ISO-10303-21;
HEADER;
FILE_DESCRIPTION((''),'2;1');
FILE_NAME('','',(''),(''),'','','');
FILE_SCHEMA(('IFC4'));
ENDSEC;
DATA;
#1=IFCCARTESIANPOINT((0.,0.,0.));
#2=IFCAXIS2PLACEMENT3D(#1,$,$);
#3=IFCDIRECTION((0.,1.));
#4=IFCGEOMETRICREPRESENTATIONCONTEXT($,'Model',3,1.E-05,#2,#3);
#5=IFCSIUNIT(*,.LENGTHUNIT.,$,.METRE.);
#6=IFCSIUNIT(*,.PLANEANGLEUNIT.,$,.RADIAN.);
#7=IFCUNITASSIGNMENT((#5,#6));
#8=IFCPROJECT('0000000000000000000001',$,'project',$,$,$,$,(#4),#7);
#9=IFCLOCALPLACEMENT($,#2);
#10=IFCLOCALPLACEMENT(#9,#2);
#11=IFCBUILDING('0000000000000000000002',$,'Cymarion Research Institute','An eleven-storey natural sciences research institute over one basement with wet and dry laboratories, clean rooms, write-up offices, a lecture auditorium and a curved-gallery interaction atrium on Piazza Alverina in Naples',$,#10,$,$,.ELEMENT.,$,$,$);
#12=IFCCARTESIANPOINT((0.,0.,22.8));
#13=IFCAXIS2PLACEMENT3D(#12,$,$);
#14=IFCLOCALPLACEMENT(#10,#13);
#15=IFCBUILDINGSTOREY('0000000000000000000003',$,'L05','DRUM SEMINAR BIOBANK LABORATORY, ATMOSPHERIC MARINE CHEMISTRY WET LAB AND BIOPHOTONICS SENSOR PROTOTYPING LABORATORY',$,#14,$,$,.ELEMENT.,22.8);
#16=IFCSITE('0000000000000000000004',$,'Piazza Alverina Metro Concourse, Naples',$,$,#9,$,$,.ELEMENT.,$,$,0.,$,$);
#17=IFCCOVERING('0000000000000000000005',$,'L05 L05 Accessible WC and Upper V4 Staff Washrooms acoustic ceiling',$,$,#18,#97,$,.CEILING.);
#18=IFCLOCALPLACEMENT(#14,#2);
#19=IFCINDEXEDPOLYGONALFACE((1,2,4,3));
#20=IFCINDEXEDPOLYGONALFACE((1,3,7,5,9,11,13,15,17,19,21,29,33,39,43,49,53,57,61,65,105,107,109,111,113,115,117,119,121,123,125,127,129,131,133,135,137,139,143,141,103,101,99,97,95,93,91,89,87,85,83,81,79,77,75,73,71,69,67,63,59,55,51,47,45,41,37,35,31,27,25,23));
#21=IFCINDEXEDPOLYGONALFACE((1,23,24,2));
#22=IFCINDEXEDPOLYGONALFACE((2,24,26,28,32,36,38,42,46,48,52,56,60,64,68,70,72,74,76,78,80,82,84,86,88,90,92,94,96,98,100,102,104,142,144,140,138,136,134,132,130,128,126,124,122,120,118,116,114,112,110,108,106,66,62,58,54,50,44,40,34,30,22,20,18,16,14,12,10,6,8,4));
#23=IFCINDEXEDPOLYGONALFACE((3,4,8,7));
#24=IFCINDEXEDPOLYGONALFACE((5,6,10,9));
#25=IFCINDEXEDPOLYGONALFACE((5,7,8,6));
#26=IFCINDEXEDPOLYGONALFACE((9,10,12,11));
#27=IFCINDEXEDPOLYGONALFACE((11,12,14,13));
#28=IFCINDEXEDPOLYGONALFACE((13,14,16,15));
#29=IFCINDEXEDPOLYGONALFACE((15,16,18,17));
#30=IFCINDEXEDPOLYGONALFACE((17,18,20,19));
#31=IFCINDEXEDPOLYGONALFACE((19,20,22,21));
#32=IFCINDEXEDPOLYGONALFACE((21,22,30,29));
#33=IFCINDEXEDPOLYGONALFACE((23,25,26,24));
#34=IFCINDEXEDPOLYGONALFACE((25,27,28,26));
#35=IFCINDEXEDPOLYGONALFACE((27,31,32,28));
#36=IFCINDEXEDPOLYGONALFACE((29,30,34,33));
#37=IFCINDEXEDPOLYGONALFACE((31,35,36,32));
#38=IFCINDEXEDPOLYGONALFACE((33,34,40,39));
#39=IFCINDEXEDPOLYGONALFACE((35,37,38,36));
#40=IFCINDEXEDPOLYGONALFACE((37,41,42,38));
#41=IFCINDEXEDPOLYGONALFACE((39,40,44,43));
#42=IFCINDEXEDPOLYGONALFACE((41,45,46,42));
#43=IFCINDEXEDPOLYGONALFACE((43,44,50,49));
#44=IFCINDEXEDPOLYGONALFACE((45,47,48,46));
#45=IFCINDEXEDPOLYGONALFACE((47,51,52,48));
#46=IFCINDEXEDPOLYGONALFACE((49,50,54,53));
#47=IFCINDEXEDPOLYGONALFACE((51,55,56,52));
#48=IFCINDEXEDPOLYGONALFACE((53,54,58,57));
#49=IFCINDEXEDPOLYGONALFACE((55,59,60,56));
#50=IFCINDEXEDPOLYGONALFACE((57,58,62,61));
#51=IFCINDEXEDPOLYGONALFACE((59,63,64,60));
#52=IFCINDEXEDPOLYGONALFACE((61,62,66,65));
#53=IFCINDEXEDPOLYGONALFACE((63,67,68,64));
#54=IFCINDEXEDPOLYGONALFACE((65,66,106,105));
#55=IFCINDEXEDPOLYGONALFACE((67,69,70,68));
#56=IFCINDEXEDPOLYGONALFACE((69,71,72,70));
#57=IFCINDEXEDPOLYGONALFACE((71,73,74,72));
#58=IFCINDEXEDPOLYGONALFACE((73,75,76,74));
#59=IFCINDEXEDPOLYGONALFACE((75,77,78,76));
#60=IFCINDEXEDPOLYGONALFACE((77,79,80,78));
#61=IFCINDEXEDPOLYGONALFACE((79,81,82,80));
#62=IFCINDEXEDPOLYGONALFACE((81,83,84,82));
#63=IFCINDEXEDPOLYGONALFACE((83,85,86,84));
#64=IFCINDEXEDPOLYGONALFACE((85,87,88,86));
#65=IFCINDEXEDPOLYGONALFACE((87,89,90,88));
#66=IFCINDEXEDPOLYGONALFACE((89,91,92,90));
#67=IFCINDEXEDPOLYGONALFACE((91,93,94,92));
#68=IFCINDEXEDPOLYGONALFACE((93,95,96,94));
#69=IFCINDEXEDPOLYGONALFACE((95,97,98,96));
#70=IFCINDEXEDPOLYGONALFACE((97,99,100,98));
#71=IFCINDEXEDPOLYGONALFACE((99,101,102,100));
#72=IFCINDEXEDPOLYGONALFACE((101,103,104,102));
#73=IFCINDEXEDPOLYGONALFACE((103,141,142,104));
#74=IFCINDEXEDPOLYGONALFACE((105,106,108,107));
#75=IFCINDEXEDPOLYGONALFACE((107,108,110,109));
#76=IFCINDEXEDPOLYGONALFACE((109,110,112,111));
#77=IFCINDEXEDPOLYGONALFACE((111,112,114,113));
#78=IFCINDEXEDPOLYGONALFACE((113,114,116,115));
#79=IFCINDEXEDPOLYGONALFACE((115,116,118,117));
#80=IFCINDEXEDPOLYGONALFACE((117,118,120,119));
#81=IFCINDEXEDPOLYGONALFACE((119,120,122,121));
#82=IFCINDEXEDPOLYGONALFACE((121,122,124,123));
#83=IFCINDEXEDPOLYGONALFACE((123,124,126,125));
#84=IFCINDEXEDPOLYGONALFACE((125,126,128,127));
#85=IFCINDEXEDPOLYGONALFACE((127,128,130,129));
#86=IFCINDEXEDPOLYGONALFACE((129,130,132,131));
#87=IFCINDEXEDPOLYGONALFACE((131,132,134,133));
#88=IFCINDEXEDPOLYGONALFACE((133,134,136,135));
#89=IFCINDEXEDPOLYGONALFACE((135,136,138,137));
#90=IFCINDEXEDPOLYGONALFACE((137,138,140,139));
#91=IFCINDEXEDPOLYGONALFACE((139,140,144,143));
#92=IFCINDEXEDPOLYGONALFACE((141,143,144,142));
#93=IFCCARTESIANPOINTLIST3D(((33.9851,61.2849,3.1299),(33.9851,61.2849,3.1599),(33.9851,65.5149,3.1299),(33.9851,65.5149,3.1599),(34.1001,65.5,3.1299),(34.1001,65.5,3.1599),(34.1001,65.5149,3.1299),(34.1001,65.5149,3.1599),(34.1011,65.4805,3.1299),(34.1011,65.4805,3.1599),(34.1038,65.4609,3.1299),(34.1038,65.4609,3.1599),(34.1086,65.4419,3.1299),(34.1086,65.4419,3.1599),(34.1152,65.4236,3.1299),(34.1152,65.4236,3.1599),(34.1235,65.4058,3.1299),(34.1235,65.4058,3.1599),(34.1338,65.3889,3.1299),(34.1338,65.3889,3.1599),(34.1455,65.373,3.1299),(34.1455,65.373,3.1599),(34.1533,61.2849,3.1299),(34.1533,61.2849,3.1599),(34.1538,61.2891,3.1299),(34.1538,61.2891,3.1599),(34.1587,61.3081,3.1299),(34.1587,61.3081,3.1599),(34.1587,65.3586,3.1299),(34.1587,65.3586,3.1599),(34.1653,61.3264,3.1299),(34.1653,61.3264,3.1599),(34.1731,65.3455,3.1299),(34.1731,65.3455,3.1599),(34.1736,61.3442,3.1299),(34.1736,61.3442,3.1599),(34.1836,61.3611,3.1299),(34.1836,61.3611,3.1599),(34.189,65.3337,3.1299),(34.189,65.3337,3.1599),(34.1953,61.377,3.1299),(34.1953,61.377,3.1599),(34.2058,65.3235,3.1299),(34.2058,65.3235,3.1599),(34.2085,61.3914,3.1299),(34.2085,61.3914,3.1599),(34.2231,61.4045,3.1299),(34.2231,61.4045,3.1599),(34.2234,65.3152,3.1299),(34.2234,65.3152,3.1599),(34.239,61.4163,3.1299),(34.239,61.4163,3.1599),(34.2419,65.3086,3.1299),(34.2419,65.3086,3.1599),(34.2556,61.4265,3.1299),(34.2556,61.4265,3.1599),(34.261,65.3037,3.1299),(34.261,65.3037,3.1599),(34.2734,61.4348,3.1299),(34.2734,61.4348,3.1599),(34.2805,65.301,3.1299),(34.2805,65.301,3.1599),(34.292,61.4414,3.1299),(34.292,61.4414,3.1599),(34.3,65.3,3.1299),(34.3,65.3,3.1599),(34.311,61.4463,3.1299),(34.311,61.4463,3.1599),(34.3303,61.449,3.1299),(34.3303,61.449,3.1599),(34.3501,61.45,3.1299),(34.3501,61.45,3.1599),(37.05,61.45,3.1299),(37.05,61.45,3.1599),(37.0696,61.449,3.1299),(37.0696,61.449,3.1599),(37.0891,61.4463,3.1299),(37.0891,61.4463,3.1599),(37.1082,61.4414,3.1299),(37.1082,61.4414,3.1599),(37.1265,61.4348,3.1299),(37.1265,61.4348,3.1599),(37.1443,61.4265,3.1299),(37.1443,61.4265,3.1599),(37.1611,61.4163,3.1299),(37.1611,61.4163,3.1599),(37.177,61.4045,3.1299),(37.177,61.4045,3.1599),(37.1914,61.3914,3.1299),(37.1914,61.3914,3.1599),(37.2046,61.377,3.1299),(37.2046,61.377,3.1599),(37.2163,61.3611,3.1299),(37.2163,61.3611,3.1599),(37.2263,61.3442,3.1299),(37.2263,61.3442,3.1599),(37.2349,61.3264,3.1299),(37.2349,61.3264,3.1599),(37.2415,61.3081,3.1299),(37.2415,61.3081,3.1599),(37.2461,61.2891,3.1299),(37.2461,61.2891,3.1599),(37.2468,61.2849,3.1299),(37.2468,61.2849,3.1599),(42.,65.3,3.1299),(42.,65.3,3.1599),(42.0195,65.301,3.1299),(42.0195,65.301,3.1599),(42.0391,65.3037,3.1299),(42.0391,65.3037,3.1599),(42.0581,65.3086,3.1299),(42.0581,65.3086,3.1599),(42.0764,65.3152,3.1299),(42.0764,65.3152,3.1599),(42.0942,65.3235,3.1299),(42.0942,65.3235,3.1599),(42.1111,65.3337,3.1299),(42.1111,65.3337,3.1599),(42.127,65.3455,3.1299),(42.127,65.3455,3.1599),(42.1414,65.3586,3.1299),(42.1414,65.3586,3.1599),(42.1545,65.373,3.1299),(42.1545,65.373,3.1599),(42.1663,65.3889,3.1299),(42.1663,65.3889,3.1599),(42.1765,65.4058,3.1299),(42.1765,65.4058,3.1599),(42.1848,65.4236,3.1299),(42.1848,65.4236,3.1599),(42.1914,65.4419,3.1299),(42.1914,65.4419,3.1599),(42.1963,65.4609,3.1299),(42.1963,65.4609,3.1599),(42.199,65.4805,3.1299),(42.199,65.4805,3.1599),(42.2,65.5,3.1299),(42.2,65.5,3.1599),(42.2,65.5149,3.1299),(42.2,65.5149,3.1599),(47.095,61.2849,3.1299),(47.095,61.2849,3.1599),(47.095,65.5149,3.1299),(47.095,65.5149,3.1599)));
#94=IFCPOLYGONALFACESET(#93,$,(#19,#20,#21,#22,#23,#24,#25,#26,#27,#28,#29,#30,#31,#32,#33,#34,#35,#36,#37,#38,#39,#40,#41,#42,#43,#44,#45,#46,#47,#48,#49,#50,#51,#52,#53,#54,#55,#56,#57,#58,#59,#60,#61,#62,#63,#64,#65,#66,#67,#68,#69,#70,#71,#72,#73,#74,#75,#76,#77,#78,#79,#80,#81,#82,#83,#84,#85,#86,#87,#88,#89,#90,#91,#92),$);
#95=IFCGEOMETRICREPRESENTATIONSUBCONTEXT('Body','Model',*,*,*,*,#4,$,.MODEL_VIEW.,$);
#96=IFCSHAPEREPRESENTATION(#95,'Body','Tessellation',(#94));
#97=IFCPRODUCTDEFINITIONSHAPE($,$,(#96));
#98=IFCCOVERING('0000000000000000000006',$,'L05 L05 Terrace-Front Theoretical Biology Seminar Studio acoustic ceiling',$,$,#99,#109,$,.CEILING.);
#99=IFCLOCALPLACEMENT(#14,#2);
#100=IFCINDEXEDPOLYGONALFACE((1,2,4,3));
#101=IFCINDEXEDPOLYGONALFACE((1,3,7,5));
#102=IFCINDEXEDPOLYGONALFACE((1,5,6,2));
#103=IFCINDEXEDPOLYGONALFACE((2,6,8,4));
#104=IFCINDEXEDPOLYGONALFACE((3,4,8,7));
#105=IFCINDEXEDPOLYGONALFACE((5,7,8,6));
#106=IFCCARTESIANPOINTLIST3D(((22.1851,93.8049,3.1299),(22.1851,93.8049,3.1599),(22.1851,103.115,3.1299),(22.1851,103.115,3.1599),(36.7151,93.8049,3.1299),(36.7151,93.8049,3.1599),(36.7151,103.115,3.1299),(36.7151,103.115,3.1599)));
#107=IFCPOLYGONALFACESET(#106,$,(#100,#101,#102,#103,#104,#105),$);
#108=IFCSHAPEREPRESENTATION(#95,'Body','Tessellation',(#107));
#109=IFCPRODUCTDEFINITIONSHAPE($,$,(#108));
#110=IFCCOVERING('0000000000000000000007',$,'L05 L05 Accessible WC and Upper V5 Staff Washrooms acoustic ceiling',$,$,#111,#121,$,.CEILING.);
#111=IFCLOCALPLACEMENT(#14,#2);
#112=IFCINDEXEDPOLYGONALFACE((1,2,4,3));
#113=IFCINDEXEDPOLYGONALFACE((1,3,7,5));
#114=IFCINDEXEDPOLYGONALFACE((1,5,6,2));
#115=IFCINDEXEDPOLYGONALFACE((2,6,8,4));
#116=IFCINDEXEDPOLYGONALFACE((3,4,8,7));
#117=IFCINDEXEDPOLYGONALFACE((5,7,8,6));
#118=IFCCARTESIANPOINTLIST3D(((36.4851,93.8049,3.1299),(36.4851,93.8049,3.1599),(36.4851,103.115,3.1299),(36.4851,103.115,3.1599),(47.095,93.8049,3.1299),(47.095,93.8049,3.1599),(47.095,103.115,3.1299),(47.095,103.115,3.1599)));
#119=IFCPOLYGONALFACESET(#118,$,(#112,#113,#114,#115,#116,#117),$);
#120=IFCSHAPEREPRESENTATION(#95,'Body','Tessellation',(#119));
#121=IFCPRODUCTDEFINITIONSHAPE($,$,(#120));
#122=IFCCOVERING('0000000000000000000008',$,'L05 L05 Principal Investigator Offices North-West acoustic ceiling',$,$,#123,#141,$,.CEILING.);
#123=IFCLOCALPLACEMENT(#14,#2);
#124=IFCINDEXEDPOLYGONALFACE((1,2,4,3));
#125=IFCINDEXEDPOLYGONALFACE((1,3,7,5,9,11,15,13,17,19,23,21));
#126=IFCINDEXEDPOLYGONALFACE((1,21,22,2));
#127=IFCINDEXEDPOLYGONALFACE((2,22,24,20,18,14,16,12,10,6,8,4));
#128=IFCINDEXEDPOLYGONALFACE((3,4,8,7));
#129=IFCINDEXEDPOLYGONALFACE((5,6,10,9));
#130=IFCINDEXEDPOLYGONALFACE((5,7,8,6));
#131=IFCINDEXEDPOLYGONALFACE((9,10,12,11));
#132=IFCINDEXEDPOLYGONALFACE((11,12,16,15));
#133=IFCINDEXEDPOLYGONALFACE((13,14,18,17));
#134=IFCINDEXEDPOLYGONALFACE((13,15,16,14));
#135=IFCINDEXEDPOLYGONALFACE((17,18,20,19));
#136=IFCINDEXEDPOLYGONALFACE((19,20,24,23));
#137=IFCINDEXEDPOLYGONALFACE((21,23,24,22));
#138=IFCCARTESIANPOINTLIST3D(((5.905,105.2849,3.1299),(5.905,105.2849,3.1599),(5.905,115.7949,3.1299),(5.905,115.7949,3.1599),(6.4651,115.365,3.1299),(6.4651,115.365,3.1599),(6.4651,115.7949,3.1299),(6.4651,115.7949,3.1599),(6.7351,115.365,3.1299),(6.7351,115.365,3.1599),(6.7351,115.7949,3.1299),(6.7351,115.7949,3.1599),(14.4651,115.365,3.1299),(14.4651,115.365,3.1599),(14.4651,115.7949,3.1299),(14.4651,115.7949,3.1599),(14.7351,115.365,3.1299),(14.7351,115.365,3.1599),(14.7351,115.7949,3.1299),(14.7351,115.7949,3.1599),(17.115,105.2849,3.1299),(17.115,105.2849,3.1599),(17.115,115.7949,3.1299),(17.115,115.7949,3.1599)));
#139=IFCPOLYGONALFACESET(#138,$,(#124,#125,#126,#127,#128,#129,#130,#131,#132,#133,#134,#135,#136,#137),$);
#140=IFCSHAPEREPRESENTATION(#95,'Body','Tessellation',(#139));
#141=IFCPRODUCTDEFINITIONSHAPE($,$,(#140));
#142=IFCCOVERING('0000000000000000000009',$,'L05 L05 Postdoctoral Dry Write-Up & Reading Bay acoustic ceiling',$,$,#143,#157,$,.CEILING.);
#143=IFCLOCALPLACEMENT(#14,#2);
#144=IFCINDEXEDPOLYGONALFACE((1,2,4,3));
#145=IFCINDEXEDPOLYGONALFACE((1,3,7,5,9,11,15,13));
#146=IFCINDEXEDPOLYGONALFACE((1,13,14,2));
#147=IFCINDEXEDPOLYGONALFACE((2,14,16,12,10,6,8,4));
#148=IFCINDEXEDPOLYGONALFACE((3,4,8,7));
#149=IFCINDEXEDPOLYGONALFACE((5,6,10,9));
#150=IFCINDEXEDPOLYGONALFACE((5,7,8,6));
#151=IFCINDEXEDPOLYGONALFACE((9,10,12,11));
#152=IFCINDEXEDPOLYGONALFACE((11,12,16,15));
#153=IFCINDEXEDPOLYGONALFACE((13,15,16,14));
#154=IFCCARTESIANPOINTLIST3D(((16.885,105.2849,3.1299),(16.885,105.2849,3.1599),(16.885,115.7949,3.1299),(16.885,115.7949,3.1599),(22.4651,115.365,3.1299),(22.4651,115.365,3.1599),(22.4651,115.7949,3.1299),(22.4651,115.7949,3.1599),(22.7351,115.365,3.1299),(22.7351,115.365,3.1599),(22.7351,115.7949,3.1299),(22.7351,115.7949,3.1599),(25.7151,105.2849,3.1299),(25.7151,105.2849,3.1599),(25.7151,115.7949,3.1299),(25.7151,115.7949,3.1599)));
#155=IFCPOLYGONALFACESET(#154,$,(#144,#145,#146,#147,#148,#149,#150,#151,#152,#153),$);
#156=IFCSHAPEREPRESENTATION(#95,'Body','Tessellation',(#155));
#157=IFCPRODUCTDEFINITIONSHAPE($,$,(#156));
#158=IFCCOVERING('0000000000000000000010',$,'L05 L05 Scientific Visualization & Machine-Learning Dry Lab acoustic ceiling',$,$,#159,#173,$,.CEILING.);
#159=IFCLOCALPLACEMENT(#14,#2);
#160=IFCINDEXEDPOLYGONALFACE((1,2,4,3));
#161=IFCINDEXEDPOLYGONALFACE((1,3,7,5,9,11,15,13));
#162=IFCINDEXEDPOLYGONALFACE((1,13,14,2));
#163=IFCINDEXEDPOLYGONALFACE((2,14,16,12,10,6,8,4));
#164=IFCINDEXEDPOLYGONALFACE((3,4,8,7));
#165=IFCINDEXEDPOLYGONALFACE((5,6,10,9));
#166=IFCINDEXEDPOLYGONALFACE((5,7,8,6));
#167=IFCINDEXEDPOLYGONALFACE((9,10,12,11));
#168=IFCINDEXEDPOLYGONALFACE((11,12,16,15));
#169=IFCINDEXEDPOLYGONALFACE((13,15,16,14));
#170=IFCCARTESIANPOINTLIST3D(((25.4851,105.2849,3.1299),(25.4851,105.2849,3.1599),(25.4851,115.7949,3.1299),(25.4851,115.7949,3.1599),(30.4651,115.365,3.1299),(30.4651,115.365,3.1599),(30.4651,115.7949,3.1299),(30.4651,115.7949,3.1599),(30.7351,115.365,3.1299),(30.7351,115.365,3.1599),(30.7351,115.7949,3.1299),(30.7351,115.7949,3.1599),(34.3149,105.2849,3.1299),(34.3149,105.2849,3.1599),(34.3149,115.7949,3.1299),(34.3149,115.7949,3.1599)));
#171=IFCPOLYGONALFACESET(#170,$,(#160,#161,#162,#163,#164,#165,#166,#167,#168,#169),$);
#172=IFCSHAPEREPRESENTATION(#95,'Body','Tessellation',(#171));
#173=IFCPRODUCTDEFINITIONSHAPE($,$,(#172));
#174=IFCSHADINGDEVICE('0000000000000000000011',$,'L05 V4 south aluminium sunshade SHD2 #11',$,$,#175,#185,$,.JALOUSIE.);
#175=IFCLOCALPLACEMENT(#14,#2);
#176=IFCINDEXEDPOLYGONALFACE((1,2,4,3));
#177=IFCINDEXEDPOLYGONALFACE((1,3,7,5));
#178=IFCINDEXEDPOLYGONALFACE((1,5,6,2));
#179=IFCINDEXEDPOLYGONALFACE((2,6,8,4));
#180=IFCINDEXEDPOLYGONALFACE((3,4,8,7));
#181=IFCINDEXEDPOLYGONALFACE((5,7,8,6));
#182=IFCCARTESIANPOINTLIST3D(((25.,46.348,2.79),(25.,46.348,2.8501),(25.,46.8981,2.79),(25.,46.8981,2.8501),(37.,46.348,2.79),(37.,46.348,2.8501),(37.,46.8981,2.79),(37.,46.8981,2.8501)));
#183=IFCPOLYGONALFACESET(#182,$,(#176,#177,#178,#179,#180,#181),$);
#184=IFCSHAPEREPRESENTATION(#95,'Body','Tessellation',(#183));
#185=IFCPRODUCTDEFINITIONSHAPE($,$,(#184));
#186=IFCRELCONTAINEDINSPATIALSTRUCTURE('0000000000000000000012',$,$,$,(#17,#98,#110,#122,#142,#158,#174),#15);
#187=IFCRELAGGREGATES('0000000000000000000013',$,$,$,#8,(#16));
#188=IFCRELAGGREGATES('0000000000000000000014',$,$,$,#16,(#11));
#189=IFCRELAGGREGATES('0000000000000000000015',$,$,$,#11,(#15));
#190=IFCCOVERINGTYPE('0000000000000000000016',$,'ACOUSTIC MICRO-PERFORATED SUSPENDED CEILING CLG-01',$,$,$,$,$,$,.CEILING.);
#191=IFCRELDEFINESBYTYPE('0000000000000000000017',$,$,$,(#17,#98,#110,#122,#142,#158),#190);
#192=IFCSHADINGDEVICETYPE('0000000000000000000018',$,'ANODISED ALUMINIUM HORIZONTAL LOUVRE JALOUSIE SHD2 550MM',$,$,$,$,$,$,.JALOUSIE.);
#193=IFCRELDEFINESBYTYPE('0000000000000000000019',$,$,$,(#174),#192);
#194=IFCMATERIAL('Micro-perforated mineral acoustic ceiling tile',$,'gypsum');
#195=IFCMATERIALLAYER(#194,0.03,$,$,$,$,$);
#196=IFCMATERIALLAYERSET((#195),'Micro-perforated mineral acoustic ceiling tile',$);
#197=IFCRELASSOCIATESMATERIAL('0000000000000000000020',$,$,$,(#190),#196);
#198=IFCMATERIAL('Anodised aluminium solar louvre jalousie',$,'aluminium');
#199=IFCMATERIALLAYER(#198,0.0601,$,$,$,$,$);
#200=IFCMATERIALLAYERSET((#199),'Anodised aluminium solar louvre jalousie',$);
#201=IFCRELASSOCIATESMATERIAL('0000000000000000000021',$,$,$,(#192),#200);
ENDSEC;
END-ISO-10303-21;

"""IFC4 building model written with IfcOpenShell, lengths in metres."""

from ifc_helpers import new_model, si_unit, direction, frame, origin, origin_2d, place, context, subcontext, project, spatial, polyline, rectangle, outline, extrude, material, layer, layer_set, type_object, element, save


model = new_model("IFC4")

# Units and contexts
model_context = context("Model", 3, precision=1e-05, world=origin(), true_north=direction((0.0, 1.0)))
body_context = subcontext(model_context, "Body", "Model", "MODEL_VIEW")
ifc_project = project(units=[si_unit("LENGTHUNIT", "METRE"), si_unit("PLANEANGLEUNIT", "RADIAN")], contexts=[model_context])

# Site, building, storey
site_placement = place(None, origin())
site = spatial("IfcSite", under=ifc_project, at=site_placement, Name="Piazza Alverina Metro Concourse, Naples", CompositionType="ELEMENT", RefElevation=0.0)
building_placement = place(site_placement, origin())
building = spatial("IfcBuilding", under=site, at=building_placement, Name="Cymarion Research Institute", Description="An eleven-storey natural sciences research institute over one basement with wet and dry laboratories, clean rooms, write-up offices, a lecture auditorium and a curved-gallery interaction atrium on Piazza Alverina in Naples", CompositionType="ELEMENT")
storey_placement = place(building_placement, frame((0.0, 0.0, 22.8)))
storey = spatial("IfcBuildingStorey", under=building, at=storey_placement, Name="L05", Description="DRUM SEMINAR BIOBANK LABORATORY, ATMOSPHERIC MARINE CHEMISTRY WET LAB AND BIOPHOTONICS SENSOR PROTOTYPING LABORATORY", CompositionType="ELEMENT", Elevation=22.8)

# Coverings
ifc_material_1 = material(Name="Micro-perforated mineral acoustic ceiling tile", Category="gypsum")
ifc_layer_1 = layer(ifc_material_1, 0.03)
ifc_layer_set_1 = layer_set([ifc_layer_1], Name="Micro-perforated mineral acoustic ceiling tile")
covering_type_1 = type_object("IfcCoveringType", Name="ACOUSTIC MICRO-PERFORATED SUSPENDED CEILING CLG-01", PredefinedType="CEILING", material=ifc_layer_set_1)
covering_1_placement = place(storey_placement, frame((0.0, 0.0, 3.1299)))
element("IfcCovering", 1, at=covering_1_placement, inside=storey, type_object=covering_type_1, Name="L05 L05 Accessible WC and Upper V4 Staff Washrooms acoustic ceiling", PredefinedType="CEILING", context=body_context, shape_type="SweptSolid", body=[
    extrude(outline(polyline([(34.1001, 65.5149), (34.1001, 65.5), (34.1011, 65.4805), (34.1038, 65.4609), (34.1086, 65.4419), (34.1152, 65.4236), (34.1235, 65.4058), (34.1338, 65.3889), (34.1455, 65.373), (34.1587, 65.3586), (34.1731, 65.3455), (34.189, 65.3337), (34.2058, 65.3235), (34.2234, 65.3152), (34.2419, 65.3086), (34.261, 65.3037), (34.2805, 65.301), (34.3, 65.3), (42.0, 65.3), (42.0195, 65.301), (42.0391, 65.3037), (42.0581, 65.3086), (42.0764, 65.3152), (42.0942, 65.3235), (42.1111, 65.3337), (42.127, 65.3455), (42.1414, 65.3586), (42.1545, 65.373), (42.1663, 65.3889), (42.1765, 65.4058), (42.1848, 65.4236), (42.1914, 65.4419), (42.1963, 65.4609), (42.199, 65.4805), (42.2, 65.5), (42.2, 65.5149), (47.095, 65.5149), (47.095, 61.2849), (37.2468, 61.2849), (37.2461, 61.2891), (37.2415, 61.3081), (37.2349, 61.3264), (37.2263, 61.3442), (37.2163, 61.3611), (37.2046, 61.377), (37.1914, 61.3914), (37.177, 61.4045), (37.1611, 61.4163), (37.1443, 61.4265), (37.1265, 61.4348), (37.1082, 61.4414), (37.0891, 61.4463), (37.0696, 61.449), (37.05, 61.45), (34.3501, 61.45), (34.3303, 61.449), (34.311, 61.4463), (34.292, 61.4414), (34.2734, 61.4348), (34.2556, 61.4265), (34.239, 61.4163), (34.2231, 61.4045), (34.2085, 61.3914), (34.1953, 61.377), (34.1836, 61.3611), (34.1736, 61.3442), (34.1653, 61.3264), (34.1587, 61.3081), (34.1538, 61.2891), (34.1533, 61.2849), (33.9851, 61.2849), (33.9851, 65.5149), (34.1001, 65.5149)])), origin(), (0.0, 0.0, 1.0), 0.03),
])
covering_2_placement = place(storey_placement, frame((0.0, 0.0, 3.1299)))
element("IfcCovering", 2, at=covering_2_placement, inside=storey, type_object=covering_type_1, Name="L05 L05 Terrace-Front Theoretical Biology Seminar Studio acoustic ceiling", PredefinedType="CEILING", context=body_context, shape_type="SweptSolid", body=[
    extrude(outline(polyline([(36.7151, 93.8049), (22.1851, 93.8049), (22.1851, 103.115), (36.7151, 103.115), (36.7151, 93.8049)])), origin(), (0.0, 0.0, 1.0), 0.03),
])
covering_3_placement = place(storey_placement, frame((0.0, 0.0, 3.1299)))
element("IfcCovering", 3, at=covering_3_placement, inside=storey, type_object=covering_type_1, Name="L05 L05 Accessible WC and Upper V5 Staff Washrooms acoustic ceiling", PredefinedType="CEILING", context=body_context, shape_type="SweptSolid", body=[
    extrude(outline(polyline([(47.095, 93.8049), (36.4851, 93.8049), (36.4851, 103.115), (47.095, 103.115), (47.095, 93.8049)])), origin(), (0.0, 0.0, 1.0), 0.03),
])
covering_4_placement = place(storey_placement, frame((0.0, 0.0, 3.1299)))
element("IfcCovering", 4, at=covering_4_placement, inside=storey, type_object=covering_type_1, Name="L05 L05 Principal Investigator Offices North-West acoustic ceiling", PredefinedType="CEILING", context=body_context, shape_type="SweptSolid", body=[
    extrude(outline(polyline([(5.905, 115.7949), (6.4651, 115.7949), (6.4651, 115.365), (6.7351, 115.365), (6.7351, 115.7949), (14.4651, 115.7949), (14.4651, 115.365), (14.7351, 115.365), (14.7351, 115.7949), (17.115, 115.7949), (17.115, 105.2849), (5.905, 105.2849), (5.905, 115.7949)])), origin(), (0.0, 0.0, 1.0), 0.03),
])
covering_5_placement = place(storey_placement, frame((0.0, 0.0, 3.1299)))
element("IfcCovering", 5, at=covering_5_placement, inside=storey, type_object=covering_type_1, Name="L05 L05 Postdoctoral Dry Write-Up & Reading Bay acoustic ceiling", PredefinedType="CEILING", context=body_context, shape_type="SweptSolid", body=[
    extrude(outline(polyline([(16.885, 115.7949), (22.4651, 115.7949), (22.4651, 115.365), (22.7351, 115.365), (22.7351, 115.7949), (25.7151, 115.7949), (25.7151, 105.2849), (16.885, 105.2849), (16.885, 115.7949)])), origin(), (0.0, 0.0, 1.0), 0.03),
])
covering_6_placement = place(storey_placement, frame((0.0, 0.0, 3.1299)))
element("IfcCovering", 6, at=covering_6_placement, inside=storey, type_object=covering_type_1, Name="L05 L05 Scientific Visualization & Machine-Learning Dry Lab acoustic ceiling", PredefinedType="CEILING", context=body_context, shape_type="SweptSolid", body=[
    extrude(outline(polyline([(25.4851, 115.7949), (30.4651, 115.7949), (30.4651, 115.365), (30.7351, 115.365), (30.7351, 115.7949), (34.3149, 115.7949), (34.3149, 105.2849), (25.4851, 105.2849), (25.4851, 115.7949)])), origin(), (0.0, 0.0, 1.0), 0.03),
])

# Shading device
ifc_material_2 = material(Name="Anodised aluminium solar louvre jalousie", Category="aluminium")
ifc_layer_2 = layer(ifc_material_2, 0.0601)
ifc_layer_set_2 = layer_set([ifc_layer_2], Name="Anodised aluminium solar louvre jalousie")
shading_device_type = type_object("IfcShadingDeviceType", Name="ANODISED ALUMINIUM HORIZONTAL LOUVRE JALOUSIE SHD2 550MM", PredefinedType="JALOUSIE", material=ifc_layer_set_2)
shading_device_placement = place(storey_placement, frame((31.0, 46.623, 2.79), z_axis=(0.0, 0.0, 1.0), x_axis=(0.0, -1.0, 0.0)))
element("IfcShadingDevice", 7, at=shading_device_placement, inside=storey, type_object=shading_device_type, Name="L05 V4 south aluminium sunshade SHD2 #11", PredefinedType="JALOUSIE", context=body_context, shape_type="SweptSolid", body=[
    extrude(rectangle(XDim=0.55, YDim=12.0, at=origin_2d()), origin(), (0.0, 0.0, 1.0), 0.0601),
])

save(model, "model.ifc")
